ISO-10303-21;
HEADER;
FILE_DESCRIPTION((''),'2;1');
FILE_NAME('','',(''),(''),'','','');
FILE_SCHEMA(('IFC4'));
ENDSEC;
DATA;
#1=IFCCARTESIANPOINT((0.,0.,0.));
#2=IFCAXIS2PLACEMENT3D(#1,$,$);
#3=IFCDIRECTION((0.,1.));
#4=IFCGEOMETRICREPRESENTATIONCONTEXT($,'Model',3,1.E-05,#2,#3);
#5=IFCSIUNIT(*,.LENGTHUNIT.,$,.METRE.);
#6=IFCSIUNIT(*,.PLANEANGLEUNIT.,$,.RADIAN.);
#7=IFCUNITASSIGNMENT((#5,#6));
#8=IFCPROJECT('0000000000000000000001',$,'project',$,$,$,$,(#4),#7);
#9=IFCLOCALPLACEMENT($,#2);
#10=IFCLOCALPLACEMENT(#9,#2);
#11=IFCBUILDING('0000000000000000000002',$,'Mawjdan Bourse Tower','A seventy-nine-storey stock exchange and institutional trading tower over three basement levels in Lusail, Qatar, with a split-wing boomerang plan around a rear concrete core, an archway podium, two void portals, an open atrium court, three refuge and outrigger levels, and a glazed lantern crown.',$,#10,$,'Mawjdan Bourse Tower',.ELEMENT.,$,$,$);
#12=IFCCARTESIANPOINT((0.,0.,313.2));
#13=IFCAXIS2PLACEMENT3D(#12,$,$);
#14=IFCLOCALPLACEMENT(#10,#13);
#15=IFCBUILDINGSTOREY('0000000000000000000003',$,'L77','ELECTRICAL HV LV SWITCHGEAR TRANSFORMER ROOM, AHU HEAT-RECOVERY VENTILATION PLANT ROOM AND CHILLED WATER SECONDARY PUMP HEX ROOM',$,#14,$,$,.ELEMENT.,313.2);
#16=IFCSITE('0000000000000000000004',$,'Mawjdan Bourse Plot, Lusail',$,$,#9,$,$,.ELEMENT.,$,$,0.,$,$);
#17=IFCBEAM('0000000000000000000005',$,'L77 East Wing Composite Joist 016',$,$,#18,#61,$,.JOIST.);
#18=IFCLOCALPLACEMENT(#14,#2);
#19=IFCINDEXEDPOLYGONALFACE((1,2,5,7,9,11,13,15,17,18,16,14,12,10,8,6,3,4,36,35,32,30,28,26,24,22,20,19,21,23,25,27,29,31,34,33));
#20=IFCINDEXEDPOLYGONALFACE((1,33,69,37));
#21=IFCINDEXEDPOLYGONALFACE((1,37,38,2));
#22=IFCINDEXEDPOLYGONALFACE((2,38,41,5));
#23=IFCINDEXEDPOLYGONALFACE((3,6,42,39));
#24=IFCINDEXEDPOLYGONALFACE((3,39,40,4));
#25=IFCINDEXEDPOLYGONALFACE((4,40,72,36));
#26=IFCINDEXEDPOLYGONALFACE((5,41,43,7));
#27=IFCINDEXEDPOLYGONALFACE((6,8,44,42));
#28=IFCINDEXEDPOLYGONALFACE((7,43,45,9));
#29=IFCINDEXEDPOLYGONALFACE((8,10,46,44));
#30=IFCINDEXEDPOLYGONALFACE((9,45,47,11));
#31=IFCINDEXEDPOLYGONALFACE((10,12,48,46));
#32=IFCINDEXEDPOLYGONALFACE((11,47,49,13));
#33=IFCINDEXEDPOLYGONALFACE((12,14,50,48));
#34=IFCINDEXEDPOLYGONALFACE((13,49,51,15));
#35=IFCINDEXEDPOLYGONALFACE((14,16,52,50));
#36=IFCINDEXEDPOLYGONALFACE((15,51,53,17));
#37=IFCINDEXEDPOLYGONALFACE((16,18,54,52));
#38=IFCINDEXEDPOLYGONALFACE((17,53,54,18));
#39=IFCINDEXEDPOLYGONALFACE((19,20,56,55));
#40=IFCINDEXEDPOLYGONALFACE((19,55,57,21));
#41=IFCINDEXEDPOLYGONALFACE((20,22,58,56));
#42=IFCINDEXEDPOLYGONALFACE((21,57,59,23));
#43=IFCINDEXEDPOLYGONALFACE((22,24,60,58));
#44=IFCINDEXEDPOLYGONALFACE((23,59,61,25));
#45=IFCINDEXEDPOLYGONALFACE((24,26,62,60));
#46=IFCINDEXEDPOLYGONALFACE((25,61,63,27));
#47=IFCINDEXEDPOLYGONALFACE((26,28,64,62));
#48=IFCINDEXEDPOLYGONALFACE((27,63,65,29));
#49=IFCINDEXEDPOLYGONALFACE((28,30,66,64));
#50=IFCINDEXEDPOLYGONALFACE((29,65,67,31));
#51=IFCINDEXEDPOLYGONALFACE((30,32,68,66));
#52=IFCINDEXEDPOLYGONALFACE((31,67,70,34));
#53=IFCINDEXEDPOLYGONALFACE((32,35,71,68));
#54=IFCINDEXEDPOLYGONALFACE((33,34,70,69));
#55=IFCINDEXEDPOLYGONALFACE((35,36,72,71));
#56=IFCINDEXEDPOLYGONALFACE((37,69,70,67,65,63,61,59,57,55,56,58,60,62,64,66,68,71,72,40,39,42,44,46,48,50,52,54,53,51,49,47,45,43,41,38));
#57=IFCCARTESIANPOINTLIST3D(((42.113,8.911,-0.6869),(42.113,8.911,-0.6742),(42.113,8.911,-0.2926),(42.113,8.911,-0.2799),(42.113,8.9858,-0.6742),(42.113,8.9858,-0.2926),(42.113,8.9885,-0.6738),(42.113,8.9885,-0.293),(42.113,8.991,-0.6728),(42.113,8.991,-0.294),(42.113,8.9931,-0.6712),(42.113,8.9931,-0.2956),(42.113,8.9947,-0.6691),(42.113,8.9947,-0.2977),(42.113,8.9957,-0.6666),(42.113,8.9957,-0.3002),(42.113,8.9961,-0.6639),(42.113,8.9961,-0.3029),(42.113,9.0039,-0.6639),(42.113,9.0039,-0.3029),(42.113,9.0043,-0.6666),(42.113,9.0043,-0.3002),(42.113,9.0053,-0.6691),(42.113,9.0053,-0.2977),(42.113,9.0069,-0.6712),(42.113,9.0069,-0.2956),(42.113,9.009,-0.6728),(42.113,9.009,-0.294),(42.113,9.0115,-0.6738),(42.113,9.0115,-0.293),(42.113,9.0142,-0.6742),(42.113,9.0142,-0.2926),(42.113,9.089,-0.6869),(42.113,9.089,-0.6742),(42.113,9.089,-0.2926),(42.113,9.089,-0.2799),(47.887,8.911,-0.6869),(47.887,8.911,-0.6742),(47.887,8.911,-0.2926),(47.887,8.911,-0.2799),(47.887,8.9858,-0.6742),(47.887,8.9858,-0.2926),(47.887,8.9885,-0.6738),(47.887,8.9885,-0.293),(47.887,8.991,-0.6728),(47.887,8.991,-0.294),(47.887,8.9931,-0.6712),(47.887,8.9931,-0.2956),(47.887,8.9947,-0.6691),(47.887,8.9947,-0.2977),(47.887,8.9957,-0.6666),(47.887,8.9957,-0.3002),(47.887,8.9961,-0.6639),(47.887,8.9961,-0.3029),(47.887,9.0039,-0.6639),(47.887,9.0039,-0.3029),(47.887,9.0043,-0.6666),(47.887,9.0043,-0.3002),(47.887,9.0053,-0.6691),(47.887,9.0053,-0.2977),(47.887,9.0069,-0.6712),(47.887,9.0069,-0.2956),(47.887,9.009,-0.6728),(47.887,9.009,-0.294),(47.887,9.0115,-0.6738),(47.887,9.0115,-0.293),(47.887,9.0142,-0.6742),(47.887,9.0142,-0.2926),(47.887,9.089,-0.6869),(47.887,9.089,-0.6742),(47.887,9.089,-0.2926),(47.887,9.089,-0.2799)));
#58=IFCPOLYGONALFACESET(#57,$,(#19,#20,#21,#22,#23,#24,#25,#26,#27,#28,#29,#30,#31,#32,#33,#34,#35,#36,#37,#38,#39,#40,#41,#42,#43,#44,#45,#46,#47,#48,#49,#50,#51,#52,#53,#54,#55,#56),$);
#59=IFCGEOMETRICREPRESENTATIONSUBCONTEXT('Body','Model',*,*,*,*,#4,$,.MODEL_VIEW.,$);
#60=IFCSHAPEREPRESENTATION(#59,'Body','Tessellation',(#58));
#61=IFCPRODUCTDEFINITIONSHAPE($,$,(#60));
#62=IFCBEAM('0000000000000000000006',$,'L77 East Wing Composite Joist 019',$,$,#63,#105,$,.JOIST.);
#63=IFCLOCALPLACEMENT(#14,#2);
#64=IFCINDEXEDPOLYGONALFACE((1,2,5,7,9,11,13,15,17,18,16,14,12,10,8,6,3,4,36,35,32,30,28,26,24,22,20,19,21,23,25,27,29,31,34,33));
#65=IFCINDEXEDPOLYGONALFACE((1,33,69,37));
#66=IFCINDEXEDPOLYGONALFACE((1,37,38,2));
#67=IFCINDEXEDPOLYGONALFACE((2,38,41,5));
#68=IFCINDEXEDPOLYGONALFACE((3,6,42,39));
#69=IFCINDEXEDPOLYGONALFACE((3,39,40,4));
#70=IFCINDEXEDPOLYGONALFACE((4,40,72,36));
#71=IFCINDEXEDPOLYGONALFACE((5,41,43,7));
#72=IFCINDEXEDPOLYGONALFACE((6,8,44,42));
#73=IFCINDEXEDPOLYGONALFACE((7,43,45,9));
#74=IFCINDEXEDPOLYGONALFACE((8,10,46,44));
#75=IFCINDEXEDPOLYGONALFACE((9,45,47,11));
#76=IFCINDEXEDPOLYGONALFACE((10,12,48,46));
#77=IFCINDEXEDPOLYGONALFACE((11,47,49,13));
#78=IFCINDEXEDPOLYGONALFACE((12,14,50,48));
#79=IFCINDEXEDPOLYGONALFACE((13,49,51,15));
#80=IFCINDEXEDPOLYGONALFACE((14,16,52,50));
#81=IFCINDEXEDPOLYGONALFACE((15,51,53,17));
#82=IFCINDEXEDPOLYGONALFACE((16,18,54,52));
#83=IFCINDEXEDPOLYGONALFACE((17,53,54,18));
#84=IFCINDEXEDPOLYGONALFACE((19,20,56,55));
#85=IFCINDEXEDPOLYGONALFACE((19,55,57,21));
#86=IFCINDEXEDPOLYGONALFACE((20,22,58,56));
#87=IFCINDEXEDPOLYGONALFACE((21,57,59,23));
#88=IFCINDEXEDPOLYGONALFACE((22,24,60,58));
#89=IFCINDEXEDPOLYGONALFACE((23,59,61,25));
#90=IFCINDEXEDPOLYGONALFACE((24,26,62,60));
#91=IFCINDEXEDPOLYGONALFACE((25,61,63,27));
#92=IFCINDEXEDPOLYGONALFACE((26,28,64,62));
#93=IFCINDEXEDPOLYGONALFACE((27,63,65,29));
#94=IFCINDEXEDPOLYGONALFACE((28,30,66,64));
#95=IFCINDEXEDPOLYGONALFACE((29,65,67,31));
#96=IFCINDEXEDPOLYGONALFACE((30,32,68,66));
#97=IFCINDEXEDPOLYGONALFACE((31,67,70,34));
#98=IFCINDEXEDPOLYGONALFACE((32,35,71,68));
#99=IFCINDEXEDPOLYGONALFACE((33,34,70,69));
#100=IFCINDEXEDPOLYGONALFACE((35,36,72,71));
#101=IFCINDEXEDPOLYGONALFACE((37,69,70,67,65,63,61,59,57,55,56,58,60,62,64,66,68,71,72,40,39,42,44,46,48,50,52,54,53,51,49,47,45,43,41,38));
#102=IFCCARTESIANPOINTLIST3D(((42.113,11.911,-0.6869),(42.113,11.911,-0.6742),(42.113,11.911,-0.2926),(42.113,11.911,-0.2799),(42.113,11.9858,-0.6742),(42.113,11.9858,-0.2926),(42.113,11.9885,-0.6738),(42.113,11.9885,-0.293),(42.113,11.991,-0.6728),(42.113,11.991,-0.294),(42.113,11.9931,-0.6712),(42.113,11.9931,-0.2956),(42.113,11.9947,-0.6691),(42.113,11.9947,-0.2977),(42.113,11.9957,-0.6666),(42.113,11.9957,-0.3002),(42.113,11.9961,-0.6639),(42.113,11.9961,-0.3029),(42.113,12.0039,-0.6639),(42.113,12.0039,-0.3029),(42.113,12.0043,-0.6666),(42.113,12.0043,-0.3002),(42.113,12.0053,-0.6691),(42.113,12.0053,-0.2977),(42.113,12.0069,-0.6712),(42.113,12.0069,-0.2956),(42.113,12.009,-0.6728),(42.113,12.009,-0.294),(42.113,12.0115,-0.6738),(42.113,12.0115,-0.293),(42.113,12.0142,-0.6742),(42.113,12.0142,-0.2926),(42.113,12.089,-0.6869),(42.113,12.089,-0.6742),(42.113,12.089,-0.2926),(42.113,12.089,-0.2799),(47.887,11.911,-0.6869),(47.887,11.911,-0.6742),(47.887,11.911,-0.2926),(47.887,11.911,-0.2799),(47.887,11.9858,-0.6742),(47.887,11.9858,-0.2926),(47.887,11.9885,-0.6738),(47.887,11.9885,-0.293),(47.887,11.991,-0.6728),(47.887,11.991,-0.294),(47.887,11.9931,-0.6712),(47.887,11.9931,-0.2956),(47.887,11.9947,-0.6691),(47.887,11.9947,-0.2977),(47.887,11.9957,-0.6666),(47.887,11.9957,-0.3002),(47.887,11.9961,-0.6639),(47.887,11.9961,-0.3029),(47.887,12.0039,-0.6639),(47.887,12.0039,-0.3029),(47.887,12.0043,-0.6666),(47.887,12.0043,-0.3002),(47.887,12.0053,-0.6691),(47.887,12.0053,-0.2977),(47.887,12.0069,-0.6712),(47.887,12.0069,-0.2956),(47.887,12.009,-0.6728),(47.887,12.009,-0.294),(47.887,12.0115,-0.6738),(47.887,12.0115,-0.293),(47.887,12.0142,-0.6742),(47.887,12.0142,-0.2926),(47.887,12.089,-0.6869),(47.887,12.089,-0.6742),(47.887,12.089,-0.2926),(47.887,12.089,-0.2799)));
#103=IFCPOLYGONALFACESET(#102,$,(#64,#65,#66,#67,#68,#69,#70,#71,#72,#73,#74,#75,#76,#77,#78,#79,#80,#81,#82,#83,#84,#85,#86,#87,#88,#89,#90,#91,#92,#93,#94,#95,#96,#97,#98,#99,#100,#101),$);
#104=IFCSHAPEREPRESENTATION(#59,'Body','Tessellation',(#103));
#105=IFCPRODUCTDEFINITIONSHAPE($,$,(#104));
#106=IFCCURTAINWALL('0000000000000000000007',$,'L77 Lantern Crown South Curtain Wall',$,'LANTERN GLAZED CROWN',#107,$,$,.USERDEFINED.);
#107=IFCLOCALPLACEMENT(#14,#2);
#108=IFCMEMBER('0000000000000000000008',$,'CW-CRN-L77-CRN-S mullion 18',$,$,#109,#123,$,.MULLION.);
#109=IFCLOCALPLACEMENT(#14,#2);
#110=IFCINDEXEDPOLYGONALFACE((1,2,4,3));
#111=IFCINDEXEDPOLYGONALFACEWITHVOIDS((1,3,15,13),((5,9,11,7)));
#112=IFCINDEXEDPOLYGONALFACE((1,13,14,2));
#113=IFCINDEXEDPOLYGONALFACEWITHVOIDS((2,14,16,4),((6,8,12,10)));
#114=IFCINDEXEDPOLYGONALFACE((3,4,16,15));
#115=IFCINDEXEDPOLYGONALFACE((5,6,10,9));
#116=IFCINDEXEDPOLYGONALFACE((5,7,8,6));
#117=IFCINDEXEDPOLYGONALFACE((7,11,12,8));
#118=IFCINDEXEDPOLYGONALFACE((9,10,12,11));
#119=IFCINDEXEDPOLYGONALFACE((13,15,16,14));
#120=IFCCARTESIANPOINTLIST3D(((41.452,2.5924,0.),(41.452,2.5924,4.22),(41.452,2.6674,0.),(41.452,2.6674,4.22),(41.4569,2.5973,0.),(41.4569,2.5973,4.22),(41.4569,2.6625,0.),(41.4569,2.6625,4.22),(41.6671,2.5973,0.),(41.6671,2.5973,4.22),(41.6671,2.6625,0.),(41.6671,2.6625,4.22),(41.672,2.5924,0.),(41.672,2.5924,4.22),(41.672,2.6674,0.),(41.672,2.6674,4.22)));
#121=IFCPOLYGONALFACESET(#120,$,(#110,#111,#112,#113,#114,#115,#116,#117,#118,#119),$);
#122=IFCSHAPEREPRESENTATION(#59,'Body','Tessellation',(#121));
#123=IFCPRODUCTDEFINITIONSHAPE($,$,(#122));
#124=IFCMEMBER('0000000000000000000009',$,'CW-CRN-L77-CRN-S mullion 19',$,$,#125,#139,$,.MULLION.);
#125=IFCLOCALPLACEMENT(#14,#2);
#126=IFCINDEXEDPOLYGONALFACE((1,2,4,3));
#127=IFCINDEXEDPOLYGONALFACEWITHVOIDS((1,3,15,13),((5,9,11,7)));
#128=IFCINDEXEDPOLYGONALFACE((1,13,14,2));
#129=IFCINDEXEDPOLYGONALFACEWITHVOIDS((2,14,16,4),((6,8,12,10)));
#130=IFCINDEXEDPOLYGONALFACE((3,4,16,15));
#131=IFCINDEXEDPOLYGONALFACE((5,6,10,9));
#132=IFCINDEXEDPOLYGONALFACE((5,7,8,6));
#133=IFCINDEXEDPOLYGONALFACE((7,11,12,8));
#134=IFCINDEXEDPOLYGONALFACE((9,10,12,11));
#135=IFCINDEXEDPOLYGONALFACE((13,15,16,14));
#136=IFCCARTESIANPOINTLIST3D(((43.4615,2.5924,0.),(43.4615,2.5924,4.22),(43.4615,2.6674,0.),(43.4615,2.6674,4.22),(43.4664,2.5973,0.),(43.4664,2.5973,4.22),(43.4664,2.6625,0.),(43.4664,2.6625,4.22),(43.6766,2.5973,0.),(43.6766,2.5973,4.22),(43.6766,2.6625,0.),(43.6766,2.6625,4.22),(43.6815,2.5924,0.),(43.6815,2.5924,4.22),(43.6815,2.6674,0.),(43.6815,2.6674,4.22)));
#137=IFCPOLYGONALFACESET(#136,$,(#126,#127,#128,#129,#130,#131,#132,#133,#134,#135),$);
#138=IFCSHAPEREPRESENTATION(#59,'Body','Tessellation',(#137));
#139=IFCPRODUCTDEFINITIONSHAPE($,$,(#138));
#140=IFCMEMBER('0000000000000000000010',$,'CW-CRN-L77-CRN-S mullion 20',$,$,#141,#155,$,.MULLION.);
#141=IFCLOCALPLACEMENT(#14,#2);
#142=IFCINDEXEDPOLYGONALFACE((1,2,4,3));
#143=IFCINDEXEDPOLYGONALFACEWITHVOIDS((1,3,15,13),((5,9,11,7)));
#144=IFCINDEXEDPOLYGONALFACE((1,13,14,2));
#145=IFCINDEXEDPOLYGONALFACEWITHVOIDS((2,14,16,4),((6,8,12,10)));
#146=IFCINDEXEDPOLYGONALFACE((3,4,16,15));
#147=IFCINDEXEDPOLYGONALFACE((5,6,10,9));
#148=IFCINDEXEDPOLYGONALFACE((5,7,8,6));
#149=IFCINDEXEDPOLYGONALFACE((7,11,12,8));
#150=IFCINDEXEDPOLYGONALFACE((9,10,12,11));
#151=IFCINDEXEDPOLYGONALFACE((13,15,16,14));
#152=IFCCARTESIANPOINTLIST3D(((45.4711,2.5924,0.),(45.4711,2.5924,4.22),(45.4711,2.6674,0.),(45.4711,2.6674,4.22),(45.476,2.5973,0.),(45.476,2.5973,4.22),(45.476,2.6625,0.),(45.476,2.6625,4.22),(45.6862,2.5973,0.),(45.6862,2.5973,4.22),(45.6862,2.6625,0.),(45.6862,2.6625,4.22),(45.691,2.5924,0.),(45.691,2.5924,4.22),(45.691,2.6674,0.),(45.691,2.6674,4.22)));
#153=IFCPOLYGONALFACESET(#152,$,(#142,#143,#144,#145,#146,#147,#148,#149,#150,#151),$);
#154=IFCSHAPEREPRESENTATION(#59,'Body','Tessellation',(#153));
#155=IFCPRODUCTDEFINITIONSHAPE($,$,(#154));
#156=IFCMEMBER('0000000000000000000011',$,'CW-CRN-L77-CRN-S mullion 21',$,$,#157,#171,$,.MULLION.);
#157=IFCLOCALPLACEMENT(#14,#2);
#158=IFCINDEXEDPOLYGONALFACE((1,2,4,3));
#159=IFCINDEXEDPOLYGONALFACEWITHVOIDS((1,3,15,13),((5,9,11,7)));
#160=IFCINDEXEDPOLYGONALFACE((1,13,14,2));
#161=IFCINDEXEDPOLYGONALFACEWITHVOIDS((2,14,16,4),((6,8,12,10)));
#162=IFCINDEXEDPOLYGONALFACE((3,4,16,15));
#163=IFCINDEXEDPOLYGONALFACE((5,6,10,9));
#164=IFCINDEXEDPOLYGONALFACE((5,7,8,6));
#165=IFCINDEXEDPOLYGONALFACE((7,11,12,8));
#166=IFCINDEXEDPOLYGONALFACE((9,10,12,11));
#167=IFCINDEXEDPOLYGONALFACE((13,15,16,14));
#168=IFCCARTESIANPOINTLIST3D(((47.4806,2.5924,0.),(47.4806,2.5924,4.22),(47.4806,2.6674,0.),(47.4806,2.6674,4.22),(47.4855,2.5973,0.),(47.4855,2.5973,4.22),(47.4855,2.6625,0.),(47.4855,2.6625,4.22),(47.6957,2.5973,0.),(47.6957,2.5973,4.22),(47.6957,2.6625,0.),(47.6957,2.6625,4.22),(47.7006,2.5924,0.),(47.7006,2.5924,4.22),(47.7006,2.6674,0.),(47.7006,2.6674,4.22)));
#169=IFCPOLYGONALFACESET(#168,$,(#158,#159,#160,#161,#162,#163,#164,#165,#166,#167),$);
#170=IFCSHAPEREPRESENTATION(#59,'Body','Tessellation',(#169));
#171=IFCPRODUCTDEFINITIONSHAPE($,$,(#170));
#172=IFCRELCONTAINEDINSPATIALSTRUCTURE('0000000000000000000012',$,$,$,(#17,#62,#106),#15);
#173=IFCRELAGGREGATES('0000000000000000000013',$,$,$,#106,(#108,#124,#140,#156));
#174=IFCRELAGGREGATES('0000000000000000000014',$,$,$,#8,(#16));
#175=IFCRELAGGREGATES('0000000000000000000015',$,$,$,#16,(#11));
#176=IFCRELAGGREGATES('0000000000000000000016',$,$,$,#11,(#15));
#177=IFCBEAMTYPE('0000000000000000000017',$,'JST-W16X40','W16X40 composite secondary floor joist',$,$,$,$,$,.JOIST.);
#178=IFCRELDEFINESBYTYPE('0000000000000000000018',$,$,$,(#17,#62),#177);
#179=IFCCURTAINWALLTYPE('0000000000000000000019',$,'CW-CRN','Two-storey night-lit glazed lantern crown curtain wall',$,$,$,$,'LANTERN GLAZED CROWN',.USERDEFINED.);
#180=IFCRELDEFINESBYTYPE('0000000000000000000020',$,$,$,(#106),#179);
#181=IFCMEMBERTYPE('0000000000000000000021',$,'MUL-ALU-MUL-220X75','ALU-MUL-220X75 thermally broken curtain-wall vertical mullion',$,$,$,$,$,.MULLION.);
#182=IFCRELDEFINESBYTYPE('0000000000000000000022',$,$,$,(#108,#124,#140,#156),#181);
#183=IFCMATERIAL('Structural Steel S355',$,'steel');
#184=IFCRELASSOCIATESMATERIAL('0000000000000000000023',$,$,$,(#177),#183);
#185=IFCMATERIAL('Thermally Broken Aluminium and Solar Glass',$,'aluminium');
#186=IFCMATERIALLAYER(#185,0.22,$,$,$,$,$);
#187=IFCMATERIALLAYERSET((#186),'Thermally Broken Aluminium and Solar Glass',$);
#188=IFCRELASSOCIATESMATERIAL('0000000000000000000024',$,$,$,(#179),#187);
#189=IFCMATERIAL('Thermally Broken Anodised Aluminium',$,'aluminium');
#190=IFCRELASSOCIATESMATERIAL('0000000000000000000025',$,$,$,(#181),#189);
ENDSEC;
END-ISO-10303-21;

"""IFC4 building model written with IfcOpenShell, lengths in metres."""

from ifc_helpers import new_model, si_unit, direction, frame, origin, origin_2d, place, context, subcontext, project, spatial, hollow_rectangle, i_section, extrude, material, layer, layer_set, material_profile, profile_set, type_object, element, aggregate, save


model = new_model("IFC4")

# Units and contexts
model_context = context("Model", 3, precision=1e-05, world=origin(), true_north=direction((0.0, 1.0)))
body_context = subcontext(model_context, "Body", "Model", "MODEL_VIEW")
ifc_project = project(units=[si_unit("LENGTHUNIT", "METRE"), si_unit("PLANEANGLEUNIT", "RADIAN")], contexts=[model_context])

# Site, building, storey
site_placement = place(None, origin())
site = spatial("IfcSite", under=ifc_project, at=site_placement, Name="Mawjdan Bourse Plot, Lusail", CompositionType="ELEMENT", RefElevation=0.0)
building_placement = place(site_placement, origin())
building = spatial("IfcBuilding", under=site, at=building_placement, Name="Mawjdan Bourse Tower", Description="A seventy-nine-storey stock exchange and institutional trading tower over three basement levels in Lusail, Qatar, with a split-wing boomerang plan around a rear concrete core, an archway podium, two void portals, an open atrium court, three refuge and outrigger levels, and a glazed lantern crown.", LongName="Mawjdan Bourse Tower", CompositionType="ELEMENT")
storey_placement = place(building_placement, frame((0.0, 0.0, 313.2)))
storey = spatial("IfcBuildingStorey", under=building, at=storey_placement, Name="L77", Description="ELECTRICAL HV LV SWITCHGEAR TRANSFORMER ROOM, AHU HEAT-RECOVERY VENTILATION PLANT ROOM AND CHILLED WATER SECONDARY PUMP HEX ROOM", CompositionType="ELEMENT", Elevation=313.2)

# Shared definitions
ifc_material_1 = material(Name="Structural Steel S355", Category="steel")

# Beams
ifc_material_profile_1 = material_profile(ifc_material_1, i_section(OverallWidth=0.178, OverallDepth=0.407, WebThickness=0.0078, FlangeThickness=0.0127, FilletRadius=0.0103, at=origin_2d()), Name="W16X40")
ifc_profile_set_1 = profile_set([ifc_material_profile_1], Name="Structural Steel S355")
beam_type_1 = type_object("IfcBeamType", Name="JST-W16X40", Description="W16X40 composite secondary floor joist", PredefinedType="JOIST", material=ifc_profile_set_1)
for number, where, z_axis, x_axis, name in (
    (1, (42.113, 9.0, -0.4834), (1.0, 0.0, 0.0), (0.0, 1.0, 0.0), "L77 East Wing Composite Joist 016"),
    (2, (42.113, 12.0, -0.4834), (1.0, 0.0, 0.0), (0.0, 1.0, 0.0), "L77 East Wing Composite Joist 019"),
):
    element("IfcBeam", number, at=place(storey_placement, frame(where, z_axis=z_axis, x_axis=x_axis)), inside=storey, type_object=beam_type_1, Name=name, PredefinedType="JOIST", context=body_context, shape_type="SweptSolid", body=[
        extrude(i_section(OverallWidth=0.178, OverallDepth=0.407, WebThickness=0.0078, FlangeThickness=0.0127, FilletRadius=0.0103, at=origin_2d()), origin(), (0.0, 0.0, 1.0), 5.7739),
    ])

# Curtain wall, members
ifc_material_2 = material(Name="Thermally Broken Aluminium and Solar Glass", Category="aluminium")
ifc_layer_1 = layer(ifc_material_2, 0.22)
ifc_layer_set_1 = layer_set([ifc_layer_1], Name="Thermally Broken Aluminium and Solar Glass")
curtain_wall_type = type_object("IfcCurtainWallType", Name="CW-CRN", Description="Two-storey night-lit glazed lantern crown curtain wall", ElementType="LANTERN GLAZED CROWN", PredefinedType="USERDEFINED", material=ifc_layer_set_1)
curtain_wall_placement = place(storey_placement, origin())
curtain_wall = element("IfcCurtainWall", 3, at=curtain_wall_placement, inside=storey, type_object=curtain_wall_type, Name="L77 Lantern Crown South Curtain Wall", ObjectType="LANTERN GLAZED CROWN", PredefinedType="USERDEFINED")
ifc_material_3 = material(Name="Thermally Broken Anodised Aluminium", Category="aluminium")
ifc_material_profile_2 = material_profile(ifc_material_3, hollow_rectangle(XDim=0.075, YDim=0.22, WallThickness=0.0049, at=origin_2d()), Name="ALU-MUL-220X75")
ifc_profile_set_2 = profile_set([ifc_material_profile_2], Name="Thermally Broken Anodised Aluminium")
member_type_1 = type_object("IfcMemberType", Name="MUL-ALU-MUL-220X75", Description="ALU-MUL-220X75 thermally broken curtain-wall vertical mullion", PredefinedType="MULLION", material=ifc_profile_set_2)
member_1_placement = place(storey_placement, frame((41.562, 2.6299, 0.0), z_axis=(0.0, 0.0, 1.0), x_axis=(0.0, 1.0, 0.0)))
member_1 = element("IfcMember", 4, at=member_1_placement, type_object=member_type_1, Name="CW-CRN-L77-CRN-S mullion 18", PredefinedType="MULLION", context=body_context, shape_type="SweptSolid", body=[
    extrude(hollow_rectangle(XDim=0.075, YDim=0.22, WallThickness=0.0049, at=origin_2d()), origin(), (0.0, 0.0, 1.0), 4.22),
])
member_2_placement = place(storey_placement, frame((43.5715, 2.6299, 0.0), z_axis=(0.0, 0.0, 1.0), x_axis=(0.0, 1.0, 0.0)))
member_2 = element("IfcMember", 5, at=member_2_placement, type_object=member_type_1, Name="CW-CRN-L77-CRN-S mullion 19", PredefinedType="MULLION", context=body_context, shape_type="SweptSolid", body=[
    extrude(hollow_rectangle(XDim=0.075, YDim=0.22, WallThickness=0.0049, at=origin_2d()), origin(), (0.0, 0.0, 1.0), 4.22),
])
member_3_placement = place(storey_placement, frame((45.5811, 2.6299, 0.0), z_axis=(0.0, 0.0, 1.0), x_axis=(0.0, 1.0, 0.0)))
member_3 = element("IfcMember", 6, at=member_3_placement, type_object=member_type_1, Name="CW-CRN-L77-CRN-S mullion 20", PredefinedType="MULLION", context=body_context, shape_type="SweptSolid", body=[
    extrude(hollow_rectangle(XDim=0.075, YDim=0.22, WallThickness=0.0049, at=origin_2d()), origin(), (0.0, 0.0, 1.0), 4.22),
])
member_4_placement = place(storey_placement, frame((47.5906, 2.6299, 0.0), z_axis=(0.0, 0.0, 1.0), x_axis=(0.0, 1.0, 0.0)))
member_4 = element("IfcMember", 7, at=member_4_placement, type_object=member_type_1, Name="CW-CRN-L77-CRN-S mullion 21", PredefinedType="MULLION", context=body_context, shape_type="SweptSolid", body=[
    extrude(hollow_rectangle(XDim=0.075, YDim=0.22, WallThickness=0.0049, at=origin_2d()), origin(), (0.0, 0.0, 1.0), 4.22),
])

aggregate(curtain_wall, [member_1, member_2, member_3, member_4])

save(model, "model.ifc")
